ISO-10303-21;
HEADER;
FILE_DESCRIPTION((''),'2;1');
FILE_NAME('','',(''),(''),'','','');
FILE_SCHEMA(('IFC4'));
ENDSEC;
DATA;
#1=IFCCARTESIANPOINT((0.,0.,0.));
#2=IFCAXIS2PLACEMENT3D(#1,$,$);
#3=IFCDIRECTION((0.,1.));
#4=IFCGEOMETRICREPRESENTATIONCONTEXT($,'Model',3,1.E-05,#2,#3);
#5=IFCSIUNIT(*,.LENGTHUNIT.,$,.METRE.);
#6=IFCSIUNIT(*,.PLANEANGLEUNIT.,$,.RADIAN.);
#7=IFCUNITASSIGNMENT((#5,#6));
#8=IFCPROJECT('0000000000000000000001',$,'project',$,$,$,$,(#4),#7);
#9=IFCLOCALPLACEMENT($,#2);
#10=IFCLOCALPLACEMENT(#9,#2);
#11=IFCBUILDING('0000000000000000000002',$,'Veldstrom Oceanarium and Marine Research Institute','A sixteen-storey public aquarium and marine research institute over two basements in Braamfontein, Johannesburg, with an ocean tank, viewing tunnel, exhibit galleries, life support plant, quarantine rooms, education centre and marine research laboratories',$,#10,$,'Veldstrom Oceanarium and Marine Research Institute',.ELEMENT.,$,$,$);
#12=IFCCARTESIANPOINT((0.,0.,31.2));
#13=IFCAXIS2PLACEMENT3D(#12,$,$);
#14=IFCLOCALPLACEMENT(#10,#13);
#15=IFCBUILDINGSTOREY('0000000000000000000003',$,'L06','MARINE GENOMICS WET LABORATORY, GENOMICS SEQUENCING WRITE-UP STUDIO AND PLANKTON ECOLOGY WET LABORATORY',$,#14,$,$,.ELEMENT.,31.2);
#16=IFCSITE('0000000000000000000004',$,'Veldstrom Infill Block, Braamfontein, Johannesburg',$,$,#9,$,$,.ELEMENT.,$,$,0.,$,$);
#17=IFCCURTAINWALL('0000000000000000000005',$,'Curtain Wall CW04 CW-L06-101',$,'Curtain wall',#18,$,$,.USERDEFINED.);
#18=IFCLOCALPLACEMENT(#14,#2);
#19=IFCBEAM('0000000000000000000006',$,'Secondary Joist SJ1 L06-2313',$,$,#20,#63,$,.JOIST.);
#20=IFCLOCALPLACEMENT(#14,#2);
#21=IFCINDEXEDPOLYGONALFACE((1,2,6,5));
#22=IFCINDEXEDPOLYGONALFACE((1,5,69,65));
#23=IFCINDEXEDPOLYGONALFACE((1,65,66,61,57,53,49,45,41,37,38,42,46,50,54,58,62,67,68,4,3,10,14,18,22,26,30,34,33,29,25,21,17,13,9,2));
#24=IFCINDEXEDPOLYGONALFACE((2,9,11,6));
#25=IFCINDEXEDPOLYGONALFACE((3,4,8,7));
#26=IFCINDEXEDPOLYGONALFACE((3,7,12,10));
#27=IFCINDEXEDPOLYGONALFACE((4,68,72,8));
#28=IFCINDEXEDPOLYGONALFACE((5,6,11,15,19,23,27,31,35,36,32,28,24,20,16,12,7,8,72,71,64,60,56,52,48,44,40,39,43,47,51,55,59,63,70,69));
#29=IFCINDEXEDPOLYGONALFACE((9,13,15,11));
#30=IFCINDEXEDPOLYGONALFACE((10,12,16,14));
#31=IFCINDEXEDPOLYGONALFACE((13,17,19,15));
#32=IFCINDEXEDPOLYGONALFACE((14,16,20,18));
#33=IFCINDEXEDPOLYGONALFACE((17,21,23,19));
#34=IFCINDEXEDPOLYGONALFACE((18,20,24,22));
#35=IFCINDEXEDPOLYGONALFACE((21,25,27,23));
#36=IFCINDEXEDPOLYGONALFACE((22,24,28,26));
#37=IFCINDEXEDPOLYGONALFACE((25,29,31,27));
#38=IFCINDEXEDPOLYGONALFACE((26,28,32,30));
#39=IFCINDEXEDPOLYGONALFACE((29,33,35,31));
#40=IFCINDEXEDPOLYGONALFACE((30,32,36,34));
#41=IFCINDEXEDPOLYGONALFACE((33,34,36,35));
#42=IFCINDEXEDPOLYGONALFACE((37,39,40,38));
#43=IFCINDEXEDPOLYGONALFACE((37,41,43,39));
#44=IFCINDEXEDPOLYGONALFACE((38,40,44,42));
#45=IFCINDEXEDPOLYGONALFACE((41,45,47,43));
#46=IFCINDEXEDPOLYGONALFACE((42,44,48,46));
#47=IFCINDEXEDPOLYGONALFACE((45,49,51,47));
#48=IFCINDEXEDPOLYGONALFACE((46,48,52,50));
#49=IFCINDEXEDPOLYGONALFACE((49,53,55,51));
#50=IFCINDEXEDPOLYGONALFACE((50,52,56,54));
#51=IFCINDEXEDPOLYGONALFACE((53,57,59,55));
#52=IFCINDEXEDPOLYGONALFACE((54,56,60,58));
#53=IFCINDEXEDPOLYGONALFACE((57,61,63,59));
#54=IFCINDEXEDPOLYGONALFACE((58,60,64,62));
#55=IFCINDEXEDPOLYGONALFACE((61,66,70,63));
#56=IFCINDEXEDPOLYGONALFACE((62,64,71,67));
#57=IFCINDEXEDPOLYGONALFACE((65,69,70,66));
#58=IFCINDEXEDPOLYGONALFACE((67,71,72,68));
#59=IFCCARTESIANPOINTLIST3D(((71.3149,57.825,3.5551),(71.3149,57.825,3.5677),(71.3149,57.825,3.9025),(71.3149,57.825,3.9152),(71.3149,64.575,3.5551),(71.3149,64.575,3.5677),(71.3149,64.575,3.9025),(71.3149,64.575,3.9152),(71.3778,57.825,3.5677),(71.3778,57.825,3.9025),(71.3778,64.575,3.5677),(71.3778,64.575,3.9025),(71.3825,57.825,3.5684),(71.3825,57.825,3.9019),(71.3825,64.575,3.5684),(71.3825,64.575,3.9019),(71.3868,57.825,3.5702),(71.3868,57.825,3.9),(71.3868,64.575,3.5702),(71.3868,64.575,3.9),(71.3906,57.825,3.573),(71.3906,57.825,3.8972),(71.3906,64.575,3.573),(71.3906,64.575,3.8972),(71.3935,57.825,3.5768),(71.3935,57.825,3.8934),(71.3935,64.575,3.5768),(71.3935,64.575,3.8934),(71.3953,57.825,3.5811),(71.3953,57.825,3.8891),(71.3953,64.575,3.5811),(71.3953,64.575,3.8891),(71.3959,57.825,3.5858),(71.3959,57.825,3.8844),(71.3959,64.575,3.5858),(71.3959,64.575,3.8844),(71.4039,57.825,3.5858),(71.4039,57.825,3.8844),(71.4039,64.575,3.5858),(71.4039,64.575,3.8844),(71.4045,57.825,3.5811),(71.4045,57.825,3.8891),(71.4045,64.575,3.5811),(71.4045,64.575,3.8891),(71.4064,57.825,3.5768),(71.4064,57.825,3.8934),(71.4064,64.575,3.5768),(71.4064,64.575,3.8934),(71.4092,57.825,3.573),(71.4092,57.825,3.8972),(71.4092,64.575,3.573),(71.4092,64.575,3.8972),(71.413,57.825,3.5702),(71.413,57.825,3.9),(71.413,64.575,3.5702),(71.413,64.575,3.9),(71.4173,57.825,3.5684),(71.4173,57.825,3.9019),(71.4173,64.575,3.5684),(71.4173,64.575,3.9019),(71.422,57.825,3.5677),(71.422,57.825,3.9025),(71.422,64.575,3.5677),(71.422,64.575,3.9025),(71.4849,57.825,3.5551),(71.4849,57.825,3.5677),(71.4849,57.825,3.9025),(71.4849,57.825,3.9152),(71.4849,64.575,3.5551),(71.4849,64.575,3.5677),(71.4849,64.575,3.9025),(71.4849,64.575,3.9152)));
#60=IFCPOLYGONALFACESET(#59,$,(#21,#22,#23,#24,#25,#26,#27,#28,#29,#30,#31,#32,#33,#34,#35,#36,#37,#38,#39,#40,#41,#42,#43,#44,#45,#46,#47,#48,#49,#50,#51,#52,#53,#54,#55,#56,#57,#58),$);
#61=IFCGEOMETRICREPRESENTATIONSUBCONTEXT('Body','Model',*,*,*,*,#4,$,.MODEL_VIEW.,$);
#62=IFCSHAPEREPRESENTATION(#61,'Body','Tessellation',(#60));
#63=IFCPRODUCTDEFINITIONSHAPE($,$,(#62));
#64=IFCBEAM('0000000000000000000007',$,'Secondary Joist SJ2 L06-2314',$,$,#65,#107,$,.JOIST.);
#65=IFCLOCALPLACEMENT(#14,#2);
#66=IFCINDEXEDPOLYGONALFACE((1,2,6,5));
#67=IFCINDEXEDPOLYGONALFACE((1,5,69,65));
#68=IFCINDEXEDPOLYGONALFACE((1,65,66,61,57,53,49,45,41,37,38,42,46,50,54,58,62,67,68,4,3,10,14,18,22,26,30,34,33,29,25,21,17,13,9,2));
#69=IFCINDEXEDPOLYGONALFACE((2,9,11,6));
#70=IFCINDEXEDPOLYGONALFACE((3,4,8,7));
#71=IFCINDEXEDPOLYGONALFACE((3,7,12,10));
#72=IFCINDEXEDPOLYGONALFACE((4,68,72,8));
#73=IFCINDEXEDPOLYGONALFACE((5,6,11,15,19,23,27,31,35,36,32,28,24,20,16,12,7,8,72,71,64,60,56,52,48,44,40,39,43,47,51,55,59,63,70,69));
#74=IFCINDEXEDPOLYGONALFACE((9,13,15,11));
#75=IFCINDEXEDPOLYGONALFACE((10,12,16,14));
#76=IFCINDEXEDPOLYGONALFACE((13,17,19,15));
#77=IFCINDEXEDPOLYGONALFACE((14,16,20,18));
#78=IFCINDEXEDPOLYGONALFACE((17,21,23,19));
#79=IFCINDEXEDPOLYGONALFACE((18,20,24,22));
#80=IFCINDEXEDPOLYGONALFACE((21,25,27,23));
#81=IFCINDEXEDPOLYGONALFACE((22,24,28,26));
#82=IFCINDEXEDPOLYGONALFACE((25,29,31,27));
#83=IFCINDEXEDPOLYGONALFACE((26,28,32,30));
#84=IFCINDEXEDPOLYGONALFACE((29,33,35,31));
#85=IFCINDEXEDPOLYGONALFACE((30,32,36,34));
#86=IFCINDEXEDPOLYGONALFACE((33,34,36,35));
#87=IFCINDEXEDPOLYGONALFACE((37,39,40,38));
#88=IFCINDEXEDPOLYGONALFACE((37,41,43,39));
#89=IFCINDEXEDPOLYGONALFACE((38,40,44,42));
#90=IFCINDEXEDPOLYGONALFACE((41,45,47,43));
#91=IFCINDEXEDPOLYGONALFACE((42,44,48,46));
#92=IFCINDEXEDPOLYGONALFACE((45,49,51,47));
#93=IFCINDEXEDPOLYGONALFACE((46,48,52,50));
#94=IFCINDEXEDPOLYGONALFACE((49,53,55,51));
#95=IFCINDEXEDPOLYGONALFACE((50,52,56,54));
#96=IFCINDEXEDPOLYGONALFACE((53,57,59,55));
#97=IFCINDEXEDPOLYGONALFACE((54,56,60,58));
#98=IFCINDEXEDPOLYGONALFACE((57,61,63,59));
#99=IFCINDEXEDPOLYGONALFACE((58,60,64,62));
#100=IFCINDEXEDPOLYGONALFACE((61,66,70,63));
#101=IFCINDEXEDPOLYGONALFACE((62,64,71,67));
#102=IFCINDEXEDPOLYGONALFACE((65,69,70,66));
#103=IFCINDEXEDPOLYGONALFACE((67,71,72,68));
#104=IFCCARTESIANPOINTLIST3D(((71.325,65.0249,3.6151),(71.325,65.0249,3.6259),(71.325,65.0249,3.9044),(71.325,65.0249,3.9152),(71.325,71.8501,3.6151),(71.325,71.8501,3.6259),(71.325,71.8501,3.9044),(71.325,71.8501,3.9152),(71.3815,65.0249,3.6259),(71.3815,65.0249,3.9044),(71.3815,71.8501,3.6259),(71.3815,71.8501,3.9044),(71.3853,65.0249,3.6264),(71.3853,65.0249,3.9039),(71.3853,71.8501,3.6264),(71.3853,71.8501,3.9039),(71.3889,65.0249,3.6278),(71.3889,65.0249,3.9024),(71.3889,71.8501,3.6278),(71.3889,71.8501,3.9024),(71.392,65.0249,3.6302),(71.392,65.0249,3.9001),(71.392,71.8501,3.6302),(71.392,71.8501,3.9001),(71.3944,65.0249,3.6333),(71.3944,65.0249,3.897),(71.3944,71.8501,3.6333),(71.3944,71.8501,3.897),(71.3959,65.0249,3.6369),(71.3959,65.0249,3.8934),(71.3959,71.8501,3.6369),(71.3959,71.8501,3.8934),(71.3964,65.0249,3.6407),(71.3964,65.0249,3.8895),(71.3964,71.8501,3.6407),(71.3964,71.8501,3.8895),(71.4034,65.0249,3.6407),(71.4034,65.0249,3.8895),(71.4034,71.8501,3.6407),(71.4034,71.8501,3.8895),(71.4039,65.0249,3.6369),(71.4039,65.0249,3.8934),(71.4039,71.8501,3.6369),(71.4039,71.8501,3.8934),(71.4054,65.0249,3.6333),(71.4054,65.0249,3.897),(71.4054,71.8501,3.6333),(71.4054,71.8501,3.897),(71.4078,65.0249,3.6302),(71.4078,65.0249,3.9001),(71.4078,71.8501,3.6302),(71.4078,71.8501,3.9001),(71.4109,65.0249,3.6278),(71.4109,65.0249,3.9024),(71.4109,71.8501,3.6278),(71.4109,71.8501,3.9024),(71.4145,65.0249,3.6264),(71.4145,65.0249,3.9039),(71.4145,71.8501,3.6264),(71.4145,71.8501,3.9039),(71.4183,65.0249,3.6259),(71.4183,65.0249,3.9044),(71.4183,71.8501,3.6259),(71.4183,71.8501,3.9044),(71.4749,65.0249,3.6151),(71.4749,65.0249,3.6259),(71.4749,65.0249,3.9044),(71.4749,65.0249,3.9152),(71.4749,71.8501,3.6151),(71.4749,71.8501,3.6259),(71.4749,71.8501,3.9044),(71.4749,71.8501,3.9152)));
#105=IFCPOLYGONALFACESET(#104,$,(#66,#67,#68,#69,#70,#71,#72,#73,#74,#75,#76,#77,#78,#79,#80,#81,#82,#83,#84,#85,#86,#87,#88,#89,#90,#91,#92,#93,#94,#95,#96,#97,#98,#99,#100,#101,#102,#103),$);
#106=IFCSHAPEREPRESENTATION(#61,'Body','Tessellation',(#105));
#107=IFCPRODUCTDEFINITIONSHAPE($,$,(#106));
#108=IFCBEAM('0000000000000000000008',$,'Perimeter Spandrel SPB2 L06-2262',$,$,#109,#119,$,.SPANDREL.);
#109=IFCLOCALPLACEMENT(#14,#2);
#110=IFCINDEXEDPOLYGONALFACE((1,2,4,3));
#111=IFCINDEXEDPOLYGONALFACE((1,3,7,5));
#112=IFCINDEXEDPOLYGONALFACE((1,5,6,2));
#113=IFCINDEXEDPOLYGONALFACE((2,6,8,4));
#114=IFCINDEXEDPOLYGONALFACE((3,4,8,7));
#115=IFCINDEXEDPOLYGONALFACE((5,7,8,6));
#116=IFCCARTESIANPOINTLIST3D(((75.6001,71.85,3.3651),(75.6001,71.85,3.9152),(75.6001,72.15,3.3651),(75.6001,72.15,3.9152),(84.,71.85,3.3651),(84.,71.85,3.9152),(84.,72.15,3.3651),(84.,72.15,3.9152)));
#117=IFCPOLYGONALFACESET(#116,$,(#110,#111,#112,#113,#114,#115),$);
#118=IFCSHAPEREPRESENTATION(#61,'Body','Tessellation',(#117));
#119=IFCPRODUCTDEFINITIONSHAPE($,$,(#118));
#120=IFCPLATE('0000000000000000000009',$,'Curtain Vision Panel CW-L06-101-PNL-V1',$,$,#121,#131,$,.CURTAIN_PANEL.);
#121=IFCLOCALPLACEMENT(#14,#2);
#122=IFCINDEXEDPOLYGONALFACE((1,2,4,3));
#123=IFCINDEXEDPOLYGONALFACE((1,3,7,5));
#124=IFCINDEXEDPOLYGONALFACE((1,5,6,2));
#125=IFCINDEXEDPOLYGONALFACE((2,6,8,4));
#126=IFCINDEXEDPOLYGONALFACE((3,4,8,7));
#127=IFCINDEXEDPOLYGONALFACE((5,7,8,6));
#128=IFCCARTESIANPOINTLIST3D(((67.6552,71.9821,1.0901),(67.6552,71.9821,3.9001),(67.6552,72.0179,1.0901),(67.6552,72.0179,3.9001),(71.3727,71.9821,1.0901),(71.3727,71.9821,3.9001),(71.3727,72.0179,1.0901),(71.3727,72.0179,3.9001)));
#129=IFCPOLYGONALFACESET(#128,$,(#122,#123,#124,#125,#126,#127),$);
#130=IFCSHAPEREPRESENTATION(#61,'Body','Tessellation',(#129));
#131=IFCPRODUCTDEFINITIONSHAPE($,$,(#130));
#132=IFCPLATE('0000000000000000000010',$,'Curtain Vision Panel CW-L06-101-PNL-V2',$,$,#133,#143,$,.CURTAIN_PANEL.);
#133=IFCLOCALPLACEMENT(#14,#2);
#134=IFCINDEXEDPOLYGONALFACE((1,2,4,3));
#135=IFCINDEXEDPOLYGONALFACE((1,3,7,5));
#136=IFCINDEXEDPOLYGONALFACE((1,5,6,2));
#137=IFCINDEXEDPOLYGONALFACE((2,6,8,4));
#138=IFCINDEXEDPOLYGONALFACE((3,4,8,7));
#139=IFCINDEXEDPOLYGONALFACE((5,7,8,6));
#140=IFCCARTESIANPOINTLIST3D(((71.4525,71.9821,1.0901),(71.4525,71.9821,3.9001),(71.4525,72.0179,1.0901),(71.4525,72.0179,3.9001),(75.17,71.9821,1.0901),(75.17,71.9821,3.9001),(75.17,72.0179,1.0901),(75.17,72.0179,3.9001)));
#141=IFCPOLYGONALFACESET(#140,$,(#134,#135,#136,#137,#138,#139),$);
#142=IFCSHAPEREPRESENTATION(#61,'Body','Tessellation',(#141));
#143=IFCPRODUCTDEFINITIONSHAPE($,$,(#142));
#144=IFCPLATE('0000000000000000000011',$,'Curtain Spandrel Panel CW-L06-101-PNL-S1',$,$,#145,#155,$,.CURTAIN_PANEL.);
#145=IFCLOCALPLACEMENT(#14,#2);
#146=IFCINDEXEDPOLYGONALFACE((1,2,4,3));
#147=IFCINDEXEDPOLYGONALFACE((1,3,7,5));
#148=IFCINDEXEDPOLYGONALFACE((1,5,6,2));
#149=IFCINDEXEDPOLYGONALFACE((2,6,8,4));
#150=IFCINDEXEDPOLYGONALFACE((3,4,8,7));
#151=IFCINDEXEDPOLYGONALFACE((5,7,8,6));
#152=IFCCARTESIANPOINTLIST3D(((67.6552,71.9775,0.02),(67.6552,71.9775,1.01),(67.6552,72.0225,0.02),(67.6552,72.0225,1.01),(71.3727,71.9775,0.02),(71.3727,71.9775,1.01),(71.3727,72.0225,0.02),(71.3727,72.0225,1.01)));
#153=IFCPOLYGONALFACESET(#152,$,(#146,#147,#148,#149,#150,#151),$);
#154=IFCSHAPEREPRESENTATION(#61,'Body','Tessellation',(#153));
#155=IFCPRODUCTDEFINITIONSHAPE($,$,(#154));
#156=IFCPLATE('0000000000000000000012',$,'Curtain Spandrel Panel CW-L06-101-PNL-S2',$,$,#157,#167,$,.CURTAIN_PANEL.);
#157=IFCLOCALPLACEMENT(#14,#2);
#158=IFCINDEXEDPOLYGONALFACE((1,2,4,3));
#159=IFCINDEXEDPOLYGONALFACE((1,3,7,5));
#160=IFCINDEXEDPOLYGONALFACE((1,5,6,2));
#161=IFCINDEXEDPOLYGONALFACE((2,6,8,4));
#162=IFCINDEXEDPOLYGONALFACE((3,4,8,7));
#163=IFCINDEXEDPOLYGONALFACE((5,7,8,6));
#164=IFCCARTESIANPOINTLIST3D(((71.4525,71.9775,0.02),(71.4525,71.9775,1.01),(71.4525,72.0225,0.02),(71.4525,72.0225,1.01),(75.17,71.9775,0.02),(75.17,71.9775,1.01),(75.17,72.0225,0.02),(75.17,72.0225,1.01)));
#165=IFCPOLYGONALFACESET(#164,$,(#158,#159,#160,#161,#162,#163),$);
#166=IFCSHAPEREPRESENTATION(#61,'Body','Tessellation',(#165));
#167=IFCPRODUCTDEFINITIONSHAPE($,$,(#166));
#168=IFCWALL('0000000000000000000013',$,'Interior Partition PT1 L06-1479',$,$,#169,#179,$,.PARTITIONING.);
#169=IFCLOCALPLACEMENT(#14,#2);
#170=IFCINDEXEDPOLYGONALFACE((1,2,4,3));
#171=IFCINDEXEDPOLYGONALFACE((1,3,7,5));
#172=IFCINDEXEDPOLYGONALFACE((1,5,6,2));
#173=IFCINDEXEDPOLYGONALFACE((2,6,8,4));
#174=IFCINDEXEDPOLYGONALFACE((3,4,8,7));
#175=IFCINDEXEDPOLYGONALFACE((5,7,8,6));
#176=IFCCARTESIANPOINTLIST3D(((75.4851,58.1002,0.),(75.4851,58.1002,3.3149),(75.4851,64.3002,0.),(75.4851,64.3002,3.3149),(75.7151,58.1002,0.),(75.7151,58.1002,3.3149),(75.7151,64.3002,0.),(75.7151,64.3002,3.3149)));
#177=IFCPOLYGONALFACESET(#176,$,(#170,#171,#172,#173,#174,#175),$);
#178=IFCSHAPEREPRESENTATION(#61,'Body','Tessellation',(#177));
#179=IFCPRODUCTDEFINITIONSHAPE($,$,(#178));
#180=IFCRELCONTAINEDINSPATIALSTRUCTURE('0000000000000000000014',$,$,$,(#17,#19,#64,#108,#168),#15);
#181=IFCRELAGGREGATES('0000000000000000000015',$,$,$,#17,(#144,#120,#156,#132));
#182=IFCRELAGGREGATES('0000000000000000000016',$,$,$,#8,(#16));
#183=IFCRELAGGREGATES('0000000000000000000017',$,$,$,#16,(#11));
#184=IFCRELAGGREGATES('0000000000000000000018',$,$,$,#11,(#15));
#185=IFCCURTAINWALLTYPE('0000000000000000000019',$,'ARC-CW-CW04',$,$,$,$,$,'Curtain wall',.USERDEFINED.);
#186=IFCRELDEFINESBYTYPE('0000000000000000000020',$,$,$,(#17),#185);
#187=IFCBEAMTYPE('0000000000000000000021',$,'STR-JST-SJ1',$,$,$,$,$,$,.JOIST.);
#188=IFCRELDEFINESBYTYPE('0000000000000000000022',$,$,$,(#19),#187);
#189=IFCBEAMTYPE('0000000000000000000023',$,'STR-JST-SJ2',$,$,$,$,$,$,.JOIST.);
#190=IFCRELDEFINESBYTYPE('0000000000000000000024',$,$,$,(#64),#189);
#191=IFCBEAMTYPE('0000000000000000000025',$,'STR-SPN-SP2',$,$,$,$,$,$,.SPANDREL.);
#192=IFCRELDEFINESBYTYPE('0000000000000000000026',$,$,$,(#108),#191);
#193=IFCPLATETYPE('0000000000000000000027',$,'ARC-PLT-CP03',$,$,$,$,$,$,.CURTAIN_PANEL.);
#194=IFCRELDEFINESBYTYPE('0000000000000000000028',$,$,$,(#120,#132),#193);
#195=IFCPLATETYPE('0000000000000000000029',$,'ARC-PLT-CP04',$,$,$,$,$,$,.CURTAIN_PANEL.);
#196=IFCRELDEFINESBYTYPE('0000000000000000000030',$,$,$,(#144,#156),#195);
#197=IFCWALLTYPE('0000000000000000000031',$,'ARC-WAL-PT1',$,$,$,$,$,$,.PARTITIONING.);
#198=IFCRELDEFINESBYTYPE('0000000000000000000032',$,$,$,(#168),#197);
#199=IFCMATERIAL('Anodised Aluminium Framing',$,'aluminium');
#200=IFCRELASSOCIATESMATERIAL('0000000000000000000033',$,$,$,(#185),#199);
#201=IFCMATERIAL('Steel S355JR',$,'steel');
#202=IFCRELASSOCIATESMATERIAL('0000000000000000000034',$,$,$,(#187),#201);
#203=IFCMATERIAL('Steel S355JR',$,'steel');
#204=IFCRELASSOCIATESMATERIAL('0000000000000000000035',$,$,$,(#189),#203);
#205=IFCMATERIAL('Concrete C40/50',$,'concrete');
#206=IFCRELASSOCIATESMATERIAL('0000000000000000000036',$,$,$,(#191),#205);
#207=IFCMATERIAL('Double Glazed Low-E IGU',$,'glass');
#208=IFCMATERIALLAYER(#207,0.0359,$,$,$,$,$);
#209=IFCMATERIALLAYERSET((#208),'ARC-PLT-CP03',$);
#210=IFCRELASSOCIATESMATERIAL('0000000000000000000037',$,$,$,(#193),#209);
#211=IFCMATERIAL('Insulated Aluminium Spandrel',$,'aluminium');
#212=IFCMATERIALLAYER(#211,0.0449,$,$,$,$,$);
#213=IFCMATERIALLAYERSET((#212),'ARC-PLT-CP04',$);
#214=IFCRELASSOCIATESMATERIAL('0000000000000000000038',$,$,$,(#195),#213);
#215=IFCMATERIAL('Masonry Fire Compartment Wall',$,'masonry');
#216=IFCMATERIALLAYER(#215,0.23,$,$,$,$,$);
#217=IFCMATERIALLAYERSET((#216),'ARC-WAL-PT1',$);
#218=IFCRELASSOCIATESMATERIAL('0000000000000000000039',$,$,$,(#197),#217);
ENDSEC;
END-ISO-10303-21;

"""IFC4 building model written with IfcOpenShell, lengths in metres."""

from ifc_helpers import new_model, si_unit, direction, frame, frame_2d, origin, origin_2d, place, context, subcontext, project, spatial, rectangle, i_section, extrude, material, layer, layer_set, material_profile, profile_set, type_object, element, aggregate, save


model = new_model("IFC4")

# Units and contexts
model_context = context("Model", 3, precision=1e-05, world=origin(), true_north=direction((0.0, 1.0)))
body_context = subcontext(model_context, "Body", "Model", "MODEL_VIEW")
ifc_project = project(units=[si_unit("LENGTHUNIT", "METRE"), si_unit("PLANEANGLEUNIT", "RADIAN")], contexts=[model_context])

# Site, building, storey
site_placement = place(None, origin())
site = spatial("IfcSite", under=ifc_project, at=site_placement, Name="Veldstrom Infill Block, Braamfontein, Johannesburg", CompositionType="ELEMENT", RefElevation=0.0)
building_placement = place(site_placement, origin())
building = spatial("IfcBuilding", under=site, at=building_placement, Name="Veldstrom Oceanarium and Marine Research Institute", Description="A sixteen-storey public aquarium and marine research institute over two basements in Braamfontein, Johannesburg, with an ocean tank, viewing tunnel, exhibit galleries, life support plant, quarantine rooms, education centre and marine research laboratories", LongName="Veldstrom Oceanarium and Marine Research Institute", CompositionType="ELEMENT")
storey_placement = place(building_placement, frame((0.0, 0.0, 31.2)))
storey = spatial("IfcBuildingStorey", under=building, at=storey_placement, Name="L06", Description="MARINE GENOMICS WET LABORATORY, GENOMICS SEQUENCING WRITE-UP STUDIO AND PLANKTON ECOLOGY WET LABORATORY", CompositionType="ELEMENT", Elevation=31.2)

# Curtain wall
ifc_material_1 = material(Name="Anodised Aluminium Framing", Category="aluminium")
curtain_wall_type = type_object("IfcCurtainWallType", Name="ARC-CW-CW04", ElementType="Curtain wall", PredefinedType="USERDEFINED", material=ifc_material_1)
curtain_wall_1_placement = place(storey_placement, origin())
curtain_wall_1 = element("IfcCurtainWall", 1, at=curtain_wall_1_placement, inside=storey, type_object=curtain_wall_type, Name="Curtain Wall CW04 CW-L06-101", ObjectType="Curtain wall", PredefinedType="USERDEFINED")

# Beams
ifc_material_2 = material(Name="Steel S355JR", Category="steel")
ifc_material_profile_1 = material_profile(ifc_material_2, i_section(OverallWidth=0.1699, OverallDepth=0.3601, WebThickness=0.0081, FlangeThickness=0.0127, FilletRadius=0.0181, at=origin_2d()), Name="IPE 360")
ifc_profile_set_1 = profile_set([ifc_material_profile_1], Name="Steel S355JR")
beam_type_1 = type_object("IfcBeamType", Name="STR-JST-SJ1", PredefinedType="JOIST", material=ifc_profile_set_1)
beam_1_placement = place(storey_placement, frame((71.3999, 57.825, 3.7351), z_axis=(0.0, 1.0, 0.0), x_axis=(-1.0, 0.0, 0.0)))
element("IfcBeam", 2, at=beam_1_placement, inside=storey, type_object=beam_type_1, Name="Secondary Joist SJ1 L06-2313", PredefinedType="JOIST", context=body_context, shape_type="SweptSolid", body=[
    extrude(i_section(OverallWidth=0.1699, OverallDepth=0.3601, WebThickness=0.0081, FlangeThickness=0.0127, FilletRadius=0.0181, at=origin_2d()), origin(), (0.0, 0.0, 1.0), 6.75),
])
ifc_material_3 = material(Name="Steel S355JR", Category="steel")
ifc_material_profile_2 = material_profile(ifc_material_3, i_section(OverallWidth=0.1499, OverallDepth=0.3, WebThickness=0.0071, FlangeThickness=0.0107, FilletRadius=0.0149, at=origin_2d()), Name="IPE 300")
ifc_profile_set_2 = profile_set([ifc_material_profile_2], Name="Steel S355JR")
beam_type_2 = type_object("IfcBeamType", Name="STR-JST-SJ2", PredefinedType="JOIST", material=ifc_profile_set_2)
beam_2_placement = place(storey_placement, frame((71.3999, 65.0249, 3.7651), z_axis=(0.0, 1.0, 0.0), x_axis=(-1.0, 0.0, 0.0)))
element("IfcBeam", 3, at=beam_2_placement, inside=storey, type_object=beam_type_2, Name="Secondary Joist SJ2 L06-2314", PredefinedType="JOIST", context=body_context, shape_type="SweptSolid", body=[
    extrude(i_section(OverallWidth=0.1499, OverallDepth=0.3, WebThickness=0.0071, FlangeThickness=0.0107, FilletRadius=0.0149, at=origin_2d()), origin(), (0.0, 0.0, 1.0), 6.8252),
])
ifc_material_4 = material(Name="Concrete C40/50", Category="concrete")
ifc_material_profile_3 = material_profile(ifc_material_4, rectangle(XDim=0.3, YDim=0.55, at=origin_2d()), Name="RC-SPN-300x550")
ifc_profile_set_3 = profile_set([ifc_material_profile_3], Name="Concrete C40/50")
beam_type_3 = type_object("IfcBeamType", Name="STR-SPN-SP2", PredefinedType="SPANDREL", material=ifc_profile_set_3)
beam_3_placement = place(storey_placement, frame((75.6001, 72.0, 3.6401), z_axis=(1.0, 0.0, 0.0), x_axis=(0.0, 1.0, 0.0)))
element("IfcBeam", 4, at=beam_3_placement, inside=storey, type_object=beam_type_3, Name="Perimeter Spandrel SPB2 L06-2262", PredefinedType="SPANDREL", context=body_context, shape_type="SweptSolid", body=[
    extrude(rectangle(XDim=0.3, YDim=0.55, at=origin_2d()), origin(), (0.0, 0.0, 1.0), 8.3999),
])

# Plates
ifc_material_5 = material(Name="Double Glazed Low-E IGU", Category="glass")
ifc_layer_1 = layer(ifc_material_5, 0.0359)
ifc_layer_set_1 = layer_set([ifc_layer_1], Name="ARC-PLT-CP03")
plate_type_1 = type_object("IfcPlateType", Name="ARC-PLT-CP03", PredefinedType="CURTAIN_PANEL", material=ifc_layer_set_1)
plate_1_placement = place(storey_placement, frame((69.5139, 72.0, 1.0901), z_axis=(0.0, 0.0, 1.0), x_axis=(1.0, 0.0, 0.0)))
plate_1 = element("IfcPlate", 5, at=plate_1_placement, type_object=plate_type_1, Name="Curtain Vision Panel CW-L06-101-PNL-V1", PredefinedType="CURTAIN_PANEL", context=body_context, shape_type="SweptSolid", body=[
    extrude(rectangle(XDim=3.7175, YDim=0.0359, at=origin_2d()), origin(), (0.0, 0.0, 1.0), 2.8101),
])
plate_2_placement = place(storey_placement, frame((73.3113, 72.0, 1.0901), z_axis=(0.0, 0.0, 1.0), x_axis=(1.0, 0.0, 0.0)))
plate_2 = element("IfcPlate", 6, at=plate_2_placement, type_object=plate_type_1, Name="Curtain Vision Panel CW-L06-101-PNL-V2", PredefinedType="CURTAIN_PANEL", context=body_context, shape_type="SweptSolid", body=[
    extrude(rectangle(XDim=3.7175, YDim=0.0359, at=origin_2d()), origin(), (0.0, 0.0, 1.0), 2.8101),
])
ifc_material_6 = material(Name="Insulated Aluminium Spandrel", Category="aluminium")
ifc_layer_2 = layer(ifc_material_6, 0.0449)
ifc_layer_set_2 = layer_set([ifc_layer_2], Name="ARC-PLT-CP04")
plate_type_2 = type_object("IfcPlateType", Name="ARC-PLT-CP04", PredefinedType="CURTAIN_PANEL", material=ifc_layer_set_2)
plate_3_placement = place(storey_placement, frame((69.5139, 72.0, 0.02), z_axis=(0.0, 0.0, 1.0), x_axis=(1.0, 0.0, 0.0)))
plate_3 = element("IfcPlate", 7, at=plate_3_placement, type_object=plate_type_2, Name="Curtain Spandrel Panel CW-L06-101-PNL-S1", PredefinedType="CURTAIN_PANEL", context=body_context, shape_type="SweptSolid", body=[
    extrude(rectangle(XDim=3.7175, YDim=0.0449, at=origin_2d()), origin(), (0.0, 0.0, 1.0), 0.99),
])
plate_4_placement = place(storey_placement, frame((73.3113, 72.0, 0.02), z_axis=(0.0, 0.0, 1.0), x_axis=(1.0, 0.0, 0.0)))
plate_4 = element("IfcPlate", 8, at=plate_4_placement, type_object=plate_type_2, Name="Curtain Spandrel Panel CW-L06-101-PNL-S2", PredefinedType="CURTAIN_PANEL", context=body_context, shape_type="SweptSolid", body=[
    extrude(rectangle(XDim=3.7175, YDim=0.0449, at=origin_2d()), origin(), (0.0, 0.0, 1.0), 0.99),
])
aggregate(curtain_wall_1, [plate_3, plate_1, plate_4, plate_2])

# Wall
ifc_material_7 = material(Name="Masonry Fire Compartment Wall", Category="masonry")
ifc_layer_3 = layer(ifc_material_7, 0.23)
ifc_layer_set_3 = layer_set([ifc_layer_3], Name="ARC-WAL-PT1")
wall_type_1 = type_object("IfcWallType", Name="ARC-WAL-PT1", PredefinedType="PARTITIONING", material=ifc_layer_set_3)
wall_1_placement = place(storey_placement, frame((75.6001, 58.1001, 0.0), z_axis=(0.0, 0.0, 1.0), x_axis=(0.0, 1.0, 0.0)))
element("IfcWall", 9, at=wall_1_placement, inside=storey, type_object=wall_type_1, Name="Interior Partition PT1 L06-1479", PredefinedType="PARTITIONING", context=body_context, shape_type="SweptSolid", body=[
    extrude(rectangle(XDim=6.2, YDim=0.23, at=frame_2d((3.1001, 0.0))), origin(), (0.0, 0.0, 1.0), 3.3149),
])

save(model, "model.ifc")
